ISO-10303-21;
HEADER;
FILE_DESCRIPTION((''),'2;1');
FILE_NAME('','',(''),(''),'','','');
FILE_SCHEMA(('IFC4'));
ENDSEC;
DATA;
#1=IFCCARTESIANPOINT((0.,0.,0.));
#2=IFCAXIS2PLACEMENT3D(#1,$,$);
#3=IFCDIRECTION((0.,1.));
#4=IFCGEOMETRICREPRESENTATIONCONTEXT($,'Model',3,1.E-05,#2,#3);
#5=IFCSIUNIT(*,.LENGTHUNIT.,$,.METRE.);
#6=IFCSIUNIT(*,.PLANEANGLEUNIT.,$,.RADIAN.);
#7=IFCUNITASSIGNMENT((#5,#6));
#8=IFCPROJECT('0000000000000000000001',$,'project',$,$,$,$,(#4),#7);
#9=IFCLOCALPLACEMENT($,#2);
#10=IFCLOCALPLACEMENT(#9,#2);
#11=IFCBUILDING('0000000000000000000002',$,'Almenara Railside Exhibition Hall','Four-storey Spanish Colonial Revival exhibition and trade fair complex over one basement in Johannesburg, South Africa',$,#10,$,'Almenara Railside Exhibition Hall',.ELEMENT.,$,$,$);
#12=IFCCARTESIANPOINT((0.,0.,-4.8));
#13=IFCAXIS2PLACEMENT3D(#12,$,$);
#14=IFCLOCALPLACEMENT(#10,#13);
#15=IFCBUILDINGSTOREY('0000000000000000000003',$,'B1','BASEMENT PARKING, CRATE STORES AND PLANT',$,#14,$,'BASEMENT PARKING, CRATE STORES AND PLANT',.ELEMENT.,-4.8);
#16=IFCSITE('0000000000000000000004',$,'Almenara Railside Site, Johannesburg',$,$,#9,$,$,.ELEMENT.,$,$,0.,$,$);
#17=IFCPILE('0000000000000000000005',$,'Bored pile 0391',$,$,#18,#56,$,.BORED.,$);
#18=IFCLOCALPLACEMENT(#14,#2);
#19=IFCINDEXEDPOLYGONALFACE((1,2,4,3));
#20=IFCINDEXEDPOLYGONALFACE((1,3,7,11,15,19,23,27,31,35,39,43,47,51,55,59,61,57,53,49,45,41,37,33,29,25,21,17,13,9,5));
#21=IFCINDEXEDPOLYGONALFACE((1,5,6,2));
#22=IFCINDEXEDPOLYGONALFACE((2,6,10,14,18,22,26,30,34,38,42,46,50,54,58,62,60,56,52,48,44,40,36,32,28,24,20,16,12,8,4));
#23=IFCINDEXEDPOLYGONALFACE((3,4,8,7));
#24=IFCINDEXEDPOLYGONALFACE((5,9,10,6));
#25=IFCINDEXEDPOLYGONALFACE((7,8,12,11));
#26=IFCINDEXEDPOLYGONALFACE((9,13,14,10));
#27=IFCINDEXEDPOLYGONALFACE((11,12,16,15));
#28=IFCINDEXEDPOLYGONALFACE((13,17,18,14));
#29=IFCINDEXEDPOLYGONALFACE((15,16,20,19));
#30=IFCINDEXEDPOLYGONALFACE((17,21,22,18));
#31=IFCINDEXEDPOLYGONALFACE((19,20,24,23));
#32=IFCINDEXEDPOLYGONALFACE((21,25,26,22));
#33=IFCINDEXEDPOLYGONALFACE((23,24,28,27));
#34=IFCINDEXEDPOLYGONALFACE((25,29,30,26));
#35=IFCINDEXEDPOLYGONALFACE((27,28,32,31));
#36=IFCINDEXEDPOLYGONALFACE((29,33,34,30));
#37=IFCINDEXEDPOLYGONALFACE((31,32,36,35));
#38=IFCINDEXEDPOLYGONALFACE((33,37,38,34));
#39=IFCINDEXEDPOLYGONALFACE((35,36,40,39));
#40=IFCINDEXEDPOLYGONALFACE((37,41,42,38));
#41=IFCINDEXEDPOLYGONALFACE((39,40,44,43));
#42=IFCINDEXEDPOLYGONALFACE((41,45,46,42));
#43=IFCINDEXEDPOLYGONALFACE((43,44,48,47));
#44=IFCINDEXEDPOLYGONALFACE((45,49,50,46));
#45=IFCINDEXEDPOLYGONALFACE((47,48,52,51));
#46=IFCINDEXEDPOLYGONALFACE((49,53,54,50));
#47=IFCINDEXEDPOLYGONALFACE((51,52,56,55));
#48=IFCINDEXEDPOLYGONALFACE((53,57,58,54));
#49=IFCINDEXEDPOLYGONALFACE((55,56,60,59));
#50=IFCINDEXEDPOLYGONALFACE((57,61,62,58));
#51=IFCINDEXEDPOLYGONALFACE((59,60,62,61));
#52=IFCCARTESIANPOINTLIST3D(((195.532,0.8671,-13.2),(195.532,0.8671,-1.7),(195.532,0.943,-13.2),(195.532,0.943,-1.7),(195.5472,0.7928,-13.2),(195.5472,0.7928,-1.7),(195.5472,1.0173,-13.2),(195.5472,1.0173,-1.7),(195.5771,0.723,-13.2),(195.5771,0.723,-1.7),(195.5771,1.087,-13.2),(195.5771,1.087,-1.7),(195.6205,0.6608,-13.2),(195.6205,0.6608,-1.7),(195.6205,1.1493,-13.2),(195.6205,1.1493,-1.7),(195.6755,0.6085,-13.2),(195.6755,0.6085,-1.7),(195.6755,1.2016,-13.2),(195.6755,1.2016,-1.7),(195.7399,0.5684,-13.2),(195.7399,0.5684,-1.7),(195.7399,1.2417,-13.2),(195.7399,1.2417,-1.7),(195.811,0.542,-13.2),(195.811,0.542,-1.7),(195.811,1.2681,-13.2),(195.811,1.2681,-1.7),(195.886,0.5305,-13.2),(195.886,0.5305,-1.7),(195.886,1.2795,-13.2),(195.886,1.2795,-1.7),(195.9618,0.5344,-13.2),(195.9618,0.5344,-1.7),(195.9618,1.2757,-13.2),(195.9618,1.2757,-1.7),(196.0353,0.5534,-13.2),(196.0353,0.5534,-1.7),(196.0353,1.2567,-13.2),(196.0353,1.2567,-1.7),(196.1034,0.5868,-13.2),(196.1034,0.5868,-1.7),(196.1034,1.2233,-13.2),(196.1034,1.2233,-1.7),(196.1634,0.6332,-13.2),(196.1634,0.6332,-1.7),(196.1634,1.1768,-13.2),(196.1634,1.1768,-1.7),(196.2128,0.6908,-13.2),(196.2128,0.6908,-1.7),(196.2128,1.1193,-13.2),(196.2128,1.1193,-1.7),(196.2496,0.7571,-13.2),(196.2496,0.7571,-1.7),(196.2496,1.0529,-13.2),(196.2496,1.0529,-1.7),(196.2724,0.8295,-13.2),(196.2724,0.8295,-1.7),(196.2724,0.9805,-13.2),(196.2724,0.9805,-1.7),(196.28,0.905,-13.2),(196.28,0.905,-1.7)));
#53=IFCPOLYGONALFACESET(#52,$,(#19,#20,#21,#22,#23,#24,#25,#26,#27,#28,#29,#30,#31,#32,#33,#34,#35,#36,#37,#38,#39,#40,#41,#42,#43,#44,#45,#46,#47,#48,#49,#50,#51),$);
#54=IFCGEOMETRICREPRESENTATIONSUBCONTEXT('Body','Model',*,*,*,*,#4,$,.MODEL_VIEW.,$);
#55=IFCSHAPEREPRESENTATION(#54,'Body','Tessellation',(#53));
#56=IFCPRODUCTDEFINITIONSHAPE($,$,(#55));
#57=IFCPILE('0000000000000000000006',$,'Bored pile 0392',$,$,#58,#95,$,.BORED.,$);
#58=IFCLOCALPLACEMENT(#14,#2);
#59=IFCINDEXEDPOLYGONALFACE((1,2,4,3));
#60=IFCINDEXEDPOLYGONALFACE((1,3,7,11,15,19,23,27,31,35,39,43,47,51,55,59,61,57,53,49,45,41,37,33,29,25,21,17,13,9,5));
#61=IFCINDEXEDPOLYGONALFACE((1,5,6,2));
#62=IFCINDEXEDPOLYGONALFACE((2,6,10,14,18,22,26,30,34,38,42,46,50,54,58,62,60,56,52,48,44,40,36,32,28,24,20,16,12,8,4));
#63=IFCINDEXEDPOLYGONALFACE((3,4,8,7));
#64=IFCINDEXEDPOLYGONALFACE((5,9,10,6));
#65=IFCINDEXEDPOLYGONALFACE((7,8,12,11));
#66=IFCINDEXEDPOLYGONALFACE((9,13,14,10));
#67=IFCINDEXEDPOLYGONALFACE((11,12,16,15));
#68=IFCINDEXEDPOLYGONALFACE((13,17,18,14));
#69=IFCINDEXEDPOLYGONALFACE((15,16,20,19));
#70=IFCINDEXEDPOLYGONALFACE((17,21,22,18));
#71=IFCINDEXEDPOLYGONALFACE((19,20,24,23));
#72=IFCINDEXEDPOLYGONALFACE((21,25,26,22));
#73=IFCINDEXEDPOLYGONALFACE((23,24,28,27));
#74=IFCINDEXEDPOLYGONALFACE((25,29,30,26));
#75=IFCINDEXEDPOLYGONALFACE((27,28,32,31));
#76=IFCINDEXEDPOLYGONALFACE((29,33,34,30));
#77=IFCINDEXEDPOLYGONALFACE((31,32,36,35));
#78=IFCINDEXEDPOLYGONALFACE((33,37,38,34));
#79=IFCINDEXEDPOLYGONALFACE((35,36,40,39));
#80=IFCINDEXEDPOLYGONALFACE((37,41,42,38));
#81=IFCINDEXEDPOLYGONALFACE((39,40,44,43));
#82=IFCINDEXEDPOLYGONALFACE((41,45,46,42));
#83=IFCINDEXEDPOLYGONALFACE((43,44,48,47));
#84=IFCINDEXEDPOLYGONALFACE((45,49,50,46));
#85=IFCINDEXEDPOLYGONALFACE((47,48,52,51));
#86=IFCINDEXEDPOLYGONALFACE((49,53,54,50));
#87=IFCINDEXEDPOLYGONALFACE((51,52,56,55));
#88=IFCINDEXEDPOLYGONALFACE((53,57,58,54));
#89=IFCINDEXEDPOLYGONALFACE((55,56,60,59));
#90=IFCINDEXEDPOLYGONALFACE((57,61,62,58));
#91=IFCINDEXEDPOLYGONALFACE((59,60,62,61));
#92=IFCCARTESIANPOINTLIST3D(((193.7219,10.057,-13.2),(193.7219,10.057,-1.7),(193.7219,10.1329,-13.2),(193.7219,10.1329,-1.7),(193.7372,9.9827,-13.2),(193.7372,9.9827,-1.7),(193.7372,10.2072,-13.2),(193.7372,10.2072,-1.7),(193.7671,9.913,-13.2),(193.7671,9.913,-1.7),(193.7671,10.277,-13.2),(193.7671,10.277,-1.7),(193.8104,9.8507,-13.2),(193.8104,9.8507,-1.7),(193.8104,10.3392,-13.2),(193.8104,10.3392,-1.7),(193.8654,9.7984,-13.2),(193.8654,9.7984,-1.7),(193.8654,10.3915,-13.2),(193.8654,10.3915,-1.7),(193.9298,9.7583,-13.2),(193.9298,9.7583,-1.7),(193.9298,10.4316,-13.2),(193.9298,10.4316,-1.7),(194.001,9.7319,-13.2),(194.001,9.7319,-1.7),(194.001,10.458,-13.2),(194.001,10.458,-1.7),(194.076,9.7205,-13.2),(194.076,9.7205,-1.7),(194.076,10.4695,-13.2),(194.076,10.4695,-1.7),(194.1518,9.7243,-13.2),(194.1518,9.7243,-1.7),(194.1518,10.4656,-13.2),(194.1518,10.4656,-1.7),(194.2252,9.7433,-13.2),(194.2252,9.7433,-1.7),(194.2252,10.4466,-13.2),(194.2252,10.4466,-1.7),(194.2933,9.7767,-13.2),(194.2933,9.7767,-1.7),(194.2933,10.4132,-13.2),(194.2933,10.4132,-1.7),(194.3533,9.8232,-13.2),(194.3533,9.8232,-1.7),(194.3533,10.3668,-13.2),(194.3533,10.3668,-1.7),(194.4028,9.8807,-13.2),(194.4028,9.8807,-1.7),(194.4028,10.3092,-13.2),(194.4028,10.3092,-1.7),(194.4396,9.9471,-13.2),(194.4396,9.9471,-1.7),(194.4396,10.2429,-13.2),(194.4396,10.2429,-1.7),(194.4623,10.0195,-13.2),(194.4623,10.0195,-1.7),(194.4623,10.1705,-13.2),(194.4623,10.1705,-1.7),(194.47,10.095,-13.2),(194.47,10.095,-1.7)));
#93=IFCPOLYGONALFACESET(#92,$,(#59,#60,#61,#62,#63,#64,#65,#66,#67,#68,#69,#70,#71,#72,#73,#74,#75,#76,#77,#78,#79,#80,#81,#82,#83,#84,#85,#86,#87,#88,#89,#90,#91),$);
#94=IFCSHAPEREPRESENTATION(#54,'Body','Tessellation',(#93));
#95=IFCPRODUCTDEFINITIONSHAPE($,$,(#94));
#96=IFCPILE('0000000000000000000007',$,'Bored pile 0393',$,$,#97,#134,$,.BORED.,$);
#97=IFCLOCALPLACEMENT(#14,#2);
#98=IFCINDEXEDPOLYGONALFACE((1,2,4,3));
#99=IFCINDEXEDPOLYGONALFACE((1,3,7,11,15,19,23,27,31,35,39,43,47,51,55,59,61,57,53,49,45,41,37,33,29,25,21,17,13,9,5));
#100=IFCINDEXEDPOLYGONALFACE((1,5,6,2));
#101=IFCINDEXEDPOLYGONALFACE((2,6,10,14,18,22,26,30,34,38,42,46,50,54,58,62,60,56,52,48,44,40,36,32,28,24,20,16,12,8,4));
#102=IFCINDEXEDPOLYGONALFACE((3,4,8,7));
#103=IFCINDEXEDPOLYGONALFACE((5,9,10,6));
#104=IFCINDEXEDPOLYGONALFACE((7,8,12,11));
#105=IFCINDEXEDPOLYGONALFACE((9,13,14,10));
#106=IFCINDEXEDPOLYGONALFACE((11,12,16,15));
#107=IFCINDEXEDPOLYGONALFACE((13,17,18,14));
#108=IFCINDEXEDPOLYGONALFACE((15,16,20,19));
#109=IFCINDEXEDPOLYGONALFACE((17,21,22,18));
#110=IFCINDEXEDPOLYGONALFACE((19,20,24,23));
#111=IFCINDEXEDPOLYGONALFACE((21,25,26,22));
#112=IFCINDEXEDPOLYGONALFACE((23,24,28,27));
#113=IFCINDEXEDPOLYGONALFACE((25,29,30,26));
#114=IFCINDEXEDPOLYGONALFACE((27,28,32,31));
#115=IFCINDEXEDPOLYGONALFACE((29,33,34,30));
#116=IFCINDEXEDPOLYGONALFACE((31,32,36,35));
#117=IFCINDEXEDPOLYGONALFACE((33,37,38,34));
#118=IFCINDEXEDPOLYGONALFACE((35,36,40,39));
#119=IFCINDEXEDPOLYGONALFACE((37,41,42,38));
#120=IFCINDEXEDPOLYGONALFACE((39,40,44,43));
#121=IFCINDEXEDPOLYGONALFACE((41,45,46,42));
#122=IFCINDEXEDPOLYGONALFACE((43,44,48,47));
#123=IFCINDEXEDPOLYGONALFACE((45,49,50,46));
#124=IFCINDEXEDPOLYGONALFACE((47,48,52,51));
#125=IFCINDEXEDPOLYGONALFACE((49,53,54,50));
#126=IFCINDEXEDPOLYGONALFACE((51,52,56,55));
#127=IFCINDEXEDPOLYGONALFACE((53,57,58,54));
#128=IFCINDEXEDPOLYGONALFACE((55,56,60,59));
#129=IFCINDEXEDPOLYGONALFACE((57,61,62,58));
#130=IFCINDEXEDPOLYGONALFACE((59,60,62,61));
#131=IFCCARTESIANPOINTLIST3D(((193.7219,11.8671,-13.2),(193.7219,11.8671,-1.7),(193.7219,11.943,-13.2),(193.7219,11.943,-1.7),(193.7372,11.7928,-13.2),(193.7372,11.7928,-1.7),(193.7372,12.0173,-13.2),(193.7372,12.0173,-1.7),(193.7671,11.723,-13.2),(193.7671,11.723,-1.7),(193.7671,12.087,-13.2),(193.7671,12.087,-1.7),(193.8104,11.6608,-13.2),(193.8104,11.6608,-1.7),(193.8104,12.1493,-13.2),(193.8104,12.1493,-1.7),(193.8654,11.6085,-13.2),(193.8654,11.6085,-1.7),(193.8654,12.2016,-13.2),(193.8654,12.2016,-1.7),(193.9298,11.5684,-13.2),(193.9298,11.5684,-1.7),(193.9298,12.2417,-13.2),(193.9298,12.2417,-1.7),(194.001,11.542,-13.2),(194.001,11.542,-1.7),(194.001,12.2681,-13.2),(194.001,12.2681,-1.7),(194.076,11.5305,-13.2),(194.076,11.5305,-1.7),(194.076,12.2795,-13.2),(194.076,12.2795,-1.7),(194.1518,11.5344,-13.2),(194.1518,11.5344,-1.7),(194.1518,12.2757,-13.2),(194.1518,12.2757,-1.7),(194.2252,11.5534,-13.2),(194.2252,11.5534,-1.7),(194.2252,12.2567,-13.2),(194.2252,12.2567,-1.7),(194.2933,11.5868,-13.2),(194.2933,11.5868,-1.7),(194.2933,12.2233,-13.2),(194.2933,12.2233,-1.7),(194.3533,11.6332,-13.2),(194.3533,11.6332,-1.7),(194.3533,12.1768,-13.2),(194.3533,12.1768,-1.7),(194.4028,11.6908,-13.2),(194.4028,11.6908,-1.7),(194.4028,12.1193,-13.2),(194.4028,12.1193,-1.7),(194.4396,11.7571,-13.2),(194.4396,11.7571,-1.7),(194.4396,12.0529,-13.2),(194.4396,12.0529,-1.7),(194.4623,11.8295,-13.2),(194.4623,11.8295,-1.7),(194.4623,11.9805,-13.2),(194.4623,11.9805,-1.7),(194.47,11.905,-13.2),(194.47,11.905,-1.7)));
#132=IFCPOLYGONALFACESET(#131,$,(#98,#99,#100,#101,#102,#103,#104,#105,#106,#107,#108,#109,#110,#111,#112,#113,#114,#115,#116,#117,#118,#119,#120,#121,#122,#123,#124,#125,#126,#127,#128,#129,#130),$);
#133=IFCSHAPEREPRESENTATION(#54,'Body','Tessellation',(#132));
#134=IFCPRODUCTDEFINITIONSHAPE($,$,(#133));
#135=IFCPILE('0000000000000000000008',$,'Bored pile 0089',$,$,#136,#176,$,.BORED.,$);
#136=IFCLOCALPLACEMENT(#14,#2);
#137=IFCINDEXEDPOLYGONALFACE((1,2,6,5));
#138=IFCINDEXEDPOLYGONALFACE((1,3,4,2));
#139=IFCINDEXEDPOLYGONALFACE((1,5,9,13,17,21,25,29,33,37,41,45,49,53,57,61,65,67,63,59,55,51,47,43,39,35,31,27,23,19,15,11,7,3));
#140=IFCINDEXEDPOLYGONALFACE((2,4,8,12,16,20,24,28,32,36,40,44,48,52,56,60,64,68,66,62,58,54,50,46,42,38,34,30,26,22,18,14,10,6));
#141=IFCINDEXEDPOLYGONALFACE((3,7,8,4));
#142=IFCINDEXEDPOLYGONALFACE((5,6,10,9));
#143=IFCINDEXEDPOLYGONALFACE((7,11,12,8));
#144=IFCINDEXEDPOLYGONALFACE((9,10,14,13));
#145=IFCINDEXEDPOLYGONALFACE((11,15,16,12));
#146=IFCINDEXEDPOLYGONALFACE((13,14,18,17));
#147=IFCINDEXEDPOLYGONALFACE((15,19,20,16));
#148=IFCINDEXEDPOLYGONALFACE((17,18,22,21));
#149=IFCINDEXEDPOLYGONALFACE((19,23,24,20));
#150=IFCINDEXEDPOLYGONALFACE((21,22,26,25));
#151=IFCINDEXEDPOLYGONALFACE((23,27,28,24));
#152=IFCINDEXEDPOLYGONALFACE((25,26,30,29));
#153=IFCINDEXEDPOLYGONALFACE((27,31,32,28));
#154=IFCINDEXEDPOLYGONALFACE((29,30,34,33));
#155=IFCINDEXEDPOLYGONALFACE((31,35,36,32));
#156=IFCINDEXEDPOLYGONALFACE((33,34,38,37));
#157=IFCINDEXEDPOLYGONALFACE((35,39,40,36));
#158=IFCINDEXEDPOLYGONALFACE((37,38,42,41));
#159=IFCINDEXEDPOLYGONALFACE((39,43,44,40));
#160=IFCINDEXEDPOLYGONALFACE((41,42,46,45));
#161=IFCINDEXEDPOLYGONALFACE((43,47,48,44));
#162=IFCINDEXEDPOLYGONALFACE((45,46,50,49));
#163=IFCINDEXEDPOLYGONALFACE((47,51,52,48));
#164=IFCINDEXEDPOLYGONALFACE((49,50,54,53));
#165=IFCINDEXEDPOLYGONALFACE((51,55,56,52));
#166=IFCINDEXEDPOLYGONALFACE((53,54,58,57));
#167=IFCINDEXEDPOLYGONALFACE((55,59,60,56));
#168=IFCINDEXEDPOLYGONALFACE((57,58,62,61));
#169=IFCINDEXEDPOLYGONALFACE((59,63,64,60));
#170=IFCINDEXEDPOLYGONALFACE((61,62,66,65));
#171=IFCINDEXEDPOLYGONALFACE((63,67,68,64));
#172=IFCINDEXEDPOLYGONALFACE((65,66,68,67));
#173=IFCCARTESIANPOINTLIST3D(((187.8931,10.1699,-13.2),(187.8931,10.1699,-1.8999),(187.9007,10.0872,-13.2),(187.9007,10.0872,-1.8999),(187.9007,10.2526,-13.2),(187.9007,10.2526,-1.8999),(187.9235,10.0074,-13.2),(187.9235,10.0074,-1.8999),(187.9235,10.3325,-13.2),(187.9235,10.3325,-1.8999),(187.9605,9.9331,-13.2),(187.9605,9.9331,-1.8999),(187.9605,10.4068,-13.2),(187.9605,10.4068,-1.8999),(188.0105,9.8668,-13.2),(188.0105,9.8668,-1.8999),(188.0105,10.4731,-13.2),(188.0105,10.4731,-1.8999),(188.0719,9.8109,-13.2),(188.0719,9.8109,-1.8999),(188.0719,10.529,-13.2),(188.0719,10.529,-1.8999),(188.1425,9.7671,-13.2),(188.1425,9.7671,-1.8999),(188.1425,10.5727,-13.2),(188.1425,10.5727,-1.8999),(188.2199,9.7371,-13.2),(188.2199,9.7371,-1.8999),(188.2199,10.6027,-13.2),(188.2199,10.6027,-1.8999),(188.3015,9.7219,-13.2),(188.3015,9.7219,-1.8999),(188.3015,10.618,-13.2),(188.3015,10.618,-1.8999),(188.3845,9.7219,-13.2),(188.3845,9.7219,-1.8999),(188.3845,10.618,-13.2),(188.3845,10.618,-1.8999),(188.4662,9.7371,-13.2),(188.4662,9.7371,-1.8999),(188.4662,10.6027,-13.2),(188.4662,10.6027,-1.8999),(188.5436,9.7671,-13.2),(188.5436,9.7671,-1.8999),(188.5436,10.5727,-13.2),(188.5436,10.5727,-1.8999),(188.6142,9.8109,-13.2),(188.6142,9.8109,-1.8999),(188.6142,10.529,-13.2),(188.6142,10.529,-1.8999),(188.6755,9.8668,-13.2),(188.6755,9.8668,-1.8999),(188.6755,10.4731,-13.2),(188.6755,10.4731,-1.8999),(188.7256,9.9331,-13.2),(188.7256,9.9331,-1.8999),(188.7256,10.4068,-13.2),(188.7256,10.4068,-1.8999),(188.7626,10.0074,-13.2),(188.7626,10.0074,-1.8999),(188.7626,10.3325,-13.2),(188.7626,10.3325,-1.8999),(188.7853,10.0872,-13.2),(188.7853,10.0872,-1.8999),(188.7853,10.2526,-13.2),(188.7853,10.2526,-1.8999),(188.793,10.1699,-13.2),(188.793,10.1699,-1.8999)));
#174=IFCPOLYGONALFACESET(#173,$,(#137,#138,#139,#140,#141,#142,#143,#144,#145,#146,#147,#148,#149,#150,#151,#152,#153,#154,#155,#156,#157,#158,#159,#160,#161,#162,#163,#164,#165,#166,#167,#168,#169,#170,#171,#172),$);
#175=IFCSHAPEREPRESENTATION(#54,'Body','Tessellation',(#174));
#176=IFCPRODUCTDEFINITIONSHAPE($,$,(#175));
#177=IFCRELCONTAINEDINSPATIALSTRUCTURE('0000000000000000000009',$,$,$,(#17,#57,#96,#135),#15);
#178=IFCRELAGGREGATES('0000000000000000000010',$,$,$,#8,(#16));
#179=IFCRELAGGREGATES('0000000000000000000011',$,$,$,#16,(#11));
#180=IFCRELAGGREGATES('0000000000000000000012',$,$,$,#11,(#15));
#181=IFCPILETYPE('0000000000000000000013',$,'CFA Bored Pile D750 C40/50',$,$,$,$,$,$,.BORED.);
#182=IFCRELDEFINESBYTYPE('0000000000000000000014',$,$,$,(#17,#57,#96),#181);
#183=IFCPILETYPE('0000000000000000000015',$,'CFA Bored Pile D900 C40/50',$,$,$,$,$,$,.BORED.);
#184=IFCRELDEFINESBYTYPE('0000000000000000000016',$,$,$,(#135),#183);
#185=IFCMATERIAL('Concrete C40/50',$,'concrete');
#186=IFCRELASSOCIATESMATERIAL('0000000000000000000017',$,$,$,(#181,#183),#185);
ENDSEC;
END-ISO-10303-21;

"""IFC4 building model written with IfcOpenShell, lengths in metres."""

from ifc_helpers import new_model, si_unit, direction, frame, origin, origin_2d, place, context, subcontext, project, spatial, circle, extrude, material, material_profile, profile_set, type_object, element, save


model = new_model("IFC4")

# Units and contexts
model_context = context("Model", 3, precision=1e-05, world=origin(), true_north=direction((0.0, 1.0)))
body_context = subcontext(model_context, "Body", "Model", "MODEL_VIEW")
ifc_project = project(units=[si_unit("LENGTHUNIT", "METRE"), si_unit("PLANEANGLEUNIT", "RADIAN")], contexts=[model_context])

# Site, building, storey
site_placement = place(None, origin())
site = spatial("IfcSite", under=ifc_project, at=site_placement, Name="Almenara Railside Site, Johannesburg", CompositionType="ELEMENT", RefElevation=0.0)
building_placement = place(site_placement, origin())
building = spatial("IfcBuilding", under=site, at=building_placement, Name="Almenara Railside Exhibition Hall", Description="Four-storey Spanish Colonial Revival exhibition and trade fair complex over one basement in Johannesburg, South Africa", LongName="Almenara Railside Exhibition Hall", CompositionType="ELEMENT")
storey_placement = place(building_placement, frame((0.0, 0.0, -4.8)))
storey = spatial("IfcBuildingStorey", under=building, at=storey_placement, Name="B1", Description="BASEMENT PARKING, CRATE STORES AND PLANT", LongName="BASEMENT PARKING, CRATE STORES AND PLANT", CompositionType="ELEMENT", Elevation=-4.8)

# Piles
ifc_material_1 = material(Name="Concrete C40/50", Category="concrete")
ifc_material_profile_1 = material_profile(ifc_material_1, circle(Radius=0.375, at=origin_2d()), Name="CFA-PILE D750")
ifc_profile_set_1 = profile_set([ifc_material_profile_1], Name="Concrete C40/50")
pile_type_1 = type_object("IfcPileType", Name="CFA Bored Pile D750 C40/50", PredefinedType="BORED", material=ifc_profile_set_1)
for number, where, z_axis, x_axis, name in (
    (1, (195.905, 0.905, -1.7), (0.0, 0.0, -1.0), (1.0, 0.0, 0.0), "Bored pile 0391"),
    (2, (194.095, 10.095, -1.7), (0.0, 0.0, -1.0), (1.0, 0.0, 0.0), "Bored pile 0392"),
    (3, (194.095, 11.905, -1.7), (0.0, 0.0, -1.0), (1.0, 0.0, 0.0), "Bored pile 0393"),
):
    element("IfcPile", number, at=place(storey_placement, frame(where, z_axis=z_axis, x_axis=x_axis)), inside=storey, type_object=pile_type_1, Name=name, PredefinedType="BORED", context=body_context, shape_type="SweptSolid", body=[
        extrude(circle(Radius=0.375, at=origin_2d()), origin(), (0.0, 0.0, 1.0), 11.5),
    ])
ifc_material_profile_2 = material_profile(ifc_material_1, circle(Radius=0.45, at=origin_2d()), Name="CFA-PILE D900")
ifc_profile_set_2 = profile_set([ifc_material_profile_2], Name="Concrete C40/50")
pile_type_2 = type_object("IfcPileType", Name="CFA Bored Pile D900 C40/50", PredefinedType="BORED", material=ifc_profile_set_2)
for number, where, z_axis, x_axis, name in (
    (4, (188.343, 10.1699, -1.8999), (0.0, 0.0, -1.0), (1.0, 0.0, 0.0), "Bored pile 0089"),
):
    element("IfcPile", number, at=place(storey_placement, frame(where, z_axis=z_axis, x_axis=x_axis)), inside=storey, type_object=pile_type_2, Name=name, PredefinedType="BORED", context=body_context, shape_type="SweptSolid", body=[
        extrude(circle(Radius=0.45, at=origin_2d()), origin(), (0.0, 0.0, 1.0), 11.3),
    ])

save(model, "model.ifc")
